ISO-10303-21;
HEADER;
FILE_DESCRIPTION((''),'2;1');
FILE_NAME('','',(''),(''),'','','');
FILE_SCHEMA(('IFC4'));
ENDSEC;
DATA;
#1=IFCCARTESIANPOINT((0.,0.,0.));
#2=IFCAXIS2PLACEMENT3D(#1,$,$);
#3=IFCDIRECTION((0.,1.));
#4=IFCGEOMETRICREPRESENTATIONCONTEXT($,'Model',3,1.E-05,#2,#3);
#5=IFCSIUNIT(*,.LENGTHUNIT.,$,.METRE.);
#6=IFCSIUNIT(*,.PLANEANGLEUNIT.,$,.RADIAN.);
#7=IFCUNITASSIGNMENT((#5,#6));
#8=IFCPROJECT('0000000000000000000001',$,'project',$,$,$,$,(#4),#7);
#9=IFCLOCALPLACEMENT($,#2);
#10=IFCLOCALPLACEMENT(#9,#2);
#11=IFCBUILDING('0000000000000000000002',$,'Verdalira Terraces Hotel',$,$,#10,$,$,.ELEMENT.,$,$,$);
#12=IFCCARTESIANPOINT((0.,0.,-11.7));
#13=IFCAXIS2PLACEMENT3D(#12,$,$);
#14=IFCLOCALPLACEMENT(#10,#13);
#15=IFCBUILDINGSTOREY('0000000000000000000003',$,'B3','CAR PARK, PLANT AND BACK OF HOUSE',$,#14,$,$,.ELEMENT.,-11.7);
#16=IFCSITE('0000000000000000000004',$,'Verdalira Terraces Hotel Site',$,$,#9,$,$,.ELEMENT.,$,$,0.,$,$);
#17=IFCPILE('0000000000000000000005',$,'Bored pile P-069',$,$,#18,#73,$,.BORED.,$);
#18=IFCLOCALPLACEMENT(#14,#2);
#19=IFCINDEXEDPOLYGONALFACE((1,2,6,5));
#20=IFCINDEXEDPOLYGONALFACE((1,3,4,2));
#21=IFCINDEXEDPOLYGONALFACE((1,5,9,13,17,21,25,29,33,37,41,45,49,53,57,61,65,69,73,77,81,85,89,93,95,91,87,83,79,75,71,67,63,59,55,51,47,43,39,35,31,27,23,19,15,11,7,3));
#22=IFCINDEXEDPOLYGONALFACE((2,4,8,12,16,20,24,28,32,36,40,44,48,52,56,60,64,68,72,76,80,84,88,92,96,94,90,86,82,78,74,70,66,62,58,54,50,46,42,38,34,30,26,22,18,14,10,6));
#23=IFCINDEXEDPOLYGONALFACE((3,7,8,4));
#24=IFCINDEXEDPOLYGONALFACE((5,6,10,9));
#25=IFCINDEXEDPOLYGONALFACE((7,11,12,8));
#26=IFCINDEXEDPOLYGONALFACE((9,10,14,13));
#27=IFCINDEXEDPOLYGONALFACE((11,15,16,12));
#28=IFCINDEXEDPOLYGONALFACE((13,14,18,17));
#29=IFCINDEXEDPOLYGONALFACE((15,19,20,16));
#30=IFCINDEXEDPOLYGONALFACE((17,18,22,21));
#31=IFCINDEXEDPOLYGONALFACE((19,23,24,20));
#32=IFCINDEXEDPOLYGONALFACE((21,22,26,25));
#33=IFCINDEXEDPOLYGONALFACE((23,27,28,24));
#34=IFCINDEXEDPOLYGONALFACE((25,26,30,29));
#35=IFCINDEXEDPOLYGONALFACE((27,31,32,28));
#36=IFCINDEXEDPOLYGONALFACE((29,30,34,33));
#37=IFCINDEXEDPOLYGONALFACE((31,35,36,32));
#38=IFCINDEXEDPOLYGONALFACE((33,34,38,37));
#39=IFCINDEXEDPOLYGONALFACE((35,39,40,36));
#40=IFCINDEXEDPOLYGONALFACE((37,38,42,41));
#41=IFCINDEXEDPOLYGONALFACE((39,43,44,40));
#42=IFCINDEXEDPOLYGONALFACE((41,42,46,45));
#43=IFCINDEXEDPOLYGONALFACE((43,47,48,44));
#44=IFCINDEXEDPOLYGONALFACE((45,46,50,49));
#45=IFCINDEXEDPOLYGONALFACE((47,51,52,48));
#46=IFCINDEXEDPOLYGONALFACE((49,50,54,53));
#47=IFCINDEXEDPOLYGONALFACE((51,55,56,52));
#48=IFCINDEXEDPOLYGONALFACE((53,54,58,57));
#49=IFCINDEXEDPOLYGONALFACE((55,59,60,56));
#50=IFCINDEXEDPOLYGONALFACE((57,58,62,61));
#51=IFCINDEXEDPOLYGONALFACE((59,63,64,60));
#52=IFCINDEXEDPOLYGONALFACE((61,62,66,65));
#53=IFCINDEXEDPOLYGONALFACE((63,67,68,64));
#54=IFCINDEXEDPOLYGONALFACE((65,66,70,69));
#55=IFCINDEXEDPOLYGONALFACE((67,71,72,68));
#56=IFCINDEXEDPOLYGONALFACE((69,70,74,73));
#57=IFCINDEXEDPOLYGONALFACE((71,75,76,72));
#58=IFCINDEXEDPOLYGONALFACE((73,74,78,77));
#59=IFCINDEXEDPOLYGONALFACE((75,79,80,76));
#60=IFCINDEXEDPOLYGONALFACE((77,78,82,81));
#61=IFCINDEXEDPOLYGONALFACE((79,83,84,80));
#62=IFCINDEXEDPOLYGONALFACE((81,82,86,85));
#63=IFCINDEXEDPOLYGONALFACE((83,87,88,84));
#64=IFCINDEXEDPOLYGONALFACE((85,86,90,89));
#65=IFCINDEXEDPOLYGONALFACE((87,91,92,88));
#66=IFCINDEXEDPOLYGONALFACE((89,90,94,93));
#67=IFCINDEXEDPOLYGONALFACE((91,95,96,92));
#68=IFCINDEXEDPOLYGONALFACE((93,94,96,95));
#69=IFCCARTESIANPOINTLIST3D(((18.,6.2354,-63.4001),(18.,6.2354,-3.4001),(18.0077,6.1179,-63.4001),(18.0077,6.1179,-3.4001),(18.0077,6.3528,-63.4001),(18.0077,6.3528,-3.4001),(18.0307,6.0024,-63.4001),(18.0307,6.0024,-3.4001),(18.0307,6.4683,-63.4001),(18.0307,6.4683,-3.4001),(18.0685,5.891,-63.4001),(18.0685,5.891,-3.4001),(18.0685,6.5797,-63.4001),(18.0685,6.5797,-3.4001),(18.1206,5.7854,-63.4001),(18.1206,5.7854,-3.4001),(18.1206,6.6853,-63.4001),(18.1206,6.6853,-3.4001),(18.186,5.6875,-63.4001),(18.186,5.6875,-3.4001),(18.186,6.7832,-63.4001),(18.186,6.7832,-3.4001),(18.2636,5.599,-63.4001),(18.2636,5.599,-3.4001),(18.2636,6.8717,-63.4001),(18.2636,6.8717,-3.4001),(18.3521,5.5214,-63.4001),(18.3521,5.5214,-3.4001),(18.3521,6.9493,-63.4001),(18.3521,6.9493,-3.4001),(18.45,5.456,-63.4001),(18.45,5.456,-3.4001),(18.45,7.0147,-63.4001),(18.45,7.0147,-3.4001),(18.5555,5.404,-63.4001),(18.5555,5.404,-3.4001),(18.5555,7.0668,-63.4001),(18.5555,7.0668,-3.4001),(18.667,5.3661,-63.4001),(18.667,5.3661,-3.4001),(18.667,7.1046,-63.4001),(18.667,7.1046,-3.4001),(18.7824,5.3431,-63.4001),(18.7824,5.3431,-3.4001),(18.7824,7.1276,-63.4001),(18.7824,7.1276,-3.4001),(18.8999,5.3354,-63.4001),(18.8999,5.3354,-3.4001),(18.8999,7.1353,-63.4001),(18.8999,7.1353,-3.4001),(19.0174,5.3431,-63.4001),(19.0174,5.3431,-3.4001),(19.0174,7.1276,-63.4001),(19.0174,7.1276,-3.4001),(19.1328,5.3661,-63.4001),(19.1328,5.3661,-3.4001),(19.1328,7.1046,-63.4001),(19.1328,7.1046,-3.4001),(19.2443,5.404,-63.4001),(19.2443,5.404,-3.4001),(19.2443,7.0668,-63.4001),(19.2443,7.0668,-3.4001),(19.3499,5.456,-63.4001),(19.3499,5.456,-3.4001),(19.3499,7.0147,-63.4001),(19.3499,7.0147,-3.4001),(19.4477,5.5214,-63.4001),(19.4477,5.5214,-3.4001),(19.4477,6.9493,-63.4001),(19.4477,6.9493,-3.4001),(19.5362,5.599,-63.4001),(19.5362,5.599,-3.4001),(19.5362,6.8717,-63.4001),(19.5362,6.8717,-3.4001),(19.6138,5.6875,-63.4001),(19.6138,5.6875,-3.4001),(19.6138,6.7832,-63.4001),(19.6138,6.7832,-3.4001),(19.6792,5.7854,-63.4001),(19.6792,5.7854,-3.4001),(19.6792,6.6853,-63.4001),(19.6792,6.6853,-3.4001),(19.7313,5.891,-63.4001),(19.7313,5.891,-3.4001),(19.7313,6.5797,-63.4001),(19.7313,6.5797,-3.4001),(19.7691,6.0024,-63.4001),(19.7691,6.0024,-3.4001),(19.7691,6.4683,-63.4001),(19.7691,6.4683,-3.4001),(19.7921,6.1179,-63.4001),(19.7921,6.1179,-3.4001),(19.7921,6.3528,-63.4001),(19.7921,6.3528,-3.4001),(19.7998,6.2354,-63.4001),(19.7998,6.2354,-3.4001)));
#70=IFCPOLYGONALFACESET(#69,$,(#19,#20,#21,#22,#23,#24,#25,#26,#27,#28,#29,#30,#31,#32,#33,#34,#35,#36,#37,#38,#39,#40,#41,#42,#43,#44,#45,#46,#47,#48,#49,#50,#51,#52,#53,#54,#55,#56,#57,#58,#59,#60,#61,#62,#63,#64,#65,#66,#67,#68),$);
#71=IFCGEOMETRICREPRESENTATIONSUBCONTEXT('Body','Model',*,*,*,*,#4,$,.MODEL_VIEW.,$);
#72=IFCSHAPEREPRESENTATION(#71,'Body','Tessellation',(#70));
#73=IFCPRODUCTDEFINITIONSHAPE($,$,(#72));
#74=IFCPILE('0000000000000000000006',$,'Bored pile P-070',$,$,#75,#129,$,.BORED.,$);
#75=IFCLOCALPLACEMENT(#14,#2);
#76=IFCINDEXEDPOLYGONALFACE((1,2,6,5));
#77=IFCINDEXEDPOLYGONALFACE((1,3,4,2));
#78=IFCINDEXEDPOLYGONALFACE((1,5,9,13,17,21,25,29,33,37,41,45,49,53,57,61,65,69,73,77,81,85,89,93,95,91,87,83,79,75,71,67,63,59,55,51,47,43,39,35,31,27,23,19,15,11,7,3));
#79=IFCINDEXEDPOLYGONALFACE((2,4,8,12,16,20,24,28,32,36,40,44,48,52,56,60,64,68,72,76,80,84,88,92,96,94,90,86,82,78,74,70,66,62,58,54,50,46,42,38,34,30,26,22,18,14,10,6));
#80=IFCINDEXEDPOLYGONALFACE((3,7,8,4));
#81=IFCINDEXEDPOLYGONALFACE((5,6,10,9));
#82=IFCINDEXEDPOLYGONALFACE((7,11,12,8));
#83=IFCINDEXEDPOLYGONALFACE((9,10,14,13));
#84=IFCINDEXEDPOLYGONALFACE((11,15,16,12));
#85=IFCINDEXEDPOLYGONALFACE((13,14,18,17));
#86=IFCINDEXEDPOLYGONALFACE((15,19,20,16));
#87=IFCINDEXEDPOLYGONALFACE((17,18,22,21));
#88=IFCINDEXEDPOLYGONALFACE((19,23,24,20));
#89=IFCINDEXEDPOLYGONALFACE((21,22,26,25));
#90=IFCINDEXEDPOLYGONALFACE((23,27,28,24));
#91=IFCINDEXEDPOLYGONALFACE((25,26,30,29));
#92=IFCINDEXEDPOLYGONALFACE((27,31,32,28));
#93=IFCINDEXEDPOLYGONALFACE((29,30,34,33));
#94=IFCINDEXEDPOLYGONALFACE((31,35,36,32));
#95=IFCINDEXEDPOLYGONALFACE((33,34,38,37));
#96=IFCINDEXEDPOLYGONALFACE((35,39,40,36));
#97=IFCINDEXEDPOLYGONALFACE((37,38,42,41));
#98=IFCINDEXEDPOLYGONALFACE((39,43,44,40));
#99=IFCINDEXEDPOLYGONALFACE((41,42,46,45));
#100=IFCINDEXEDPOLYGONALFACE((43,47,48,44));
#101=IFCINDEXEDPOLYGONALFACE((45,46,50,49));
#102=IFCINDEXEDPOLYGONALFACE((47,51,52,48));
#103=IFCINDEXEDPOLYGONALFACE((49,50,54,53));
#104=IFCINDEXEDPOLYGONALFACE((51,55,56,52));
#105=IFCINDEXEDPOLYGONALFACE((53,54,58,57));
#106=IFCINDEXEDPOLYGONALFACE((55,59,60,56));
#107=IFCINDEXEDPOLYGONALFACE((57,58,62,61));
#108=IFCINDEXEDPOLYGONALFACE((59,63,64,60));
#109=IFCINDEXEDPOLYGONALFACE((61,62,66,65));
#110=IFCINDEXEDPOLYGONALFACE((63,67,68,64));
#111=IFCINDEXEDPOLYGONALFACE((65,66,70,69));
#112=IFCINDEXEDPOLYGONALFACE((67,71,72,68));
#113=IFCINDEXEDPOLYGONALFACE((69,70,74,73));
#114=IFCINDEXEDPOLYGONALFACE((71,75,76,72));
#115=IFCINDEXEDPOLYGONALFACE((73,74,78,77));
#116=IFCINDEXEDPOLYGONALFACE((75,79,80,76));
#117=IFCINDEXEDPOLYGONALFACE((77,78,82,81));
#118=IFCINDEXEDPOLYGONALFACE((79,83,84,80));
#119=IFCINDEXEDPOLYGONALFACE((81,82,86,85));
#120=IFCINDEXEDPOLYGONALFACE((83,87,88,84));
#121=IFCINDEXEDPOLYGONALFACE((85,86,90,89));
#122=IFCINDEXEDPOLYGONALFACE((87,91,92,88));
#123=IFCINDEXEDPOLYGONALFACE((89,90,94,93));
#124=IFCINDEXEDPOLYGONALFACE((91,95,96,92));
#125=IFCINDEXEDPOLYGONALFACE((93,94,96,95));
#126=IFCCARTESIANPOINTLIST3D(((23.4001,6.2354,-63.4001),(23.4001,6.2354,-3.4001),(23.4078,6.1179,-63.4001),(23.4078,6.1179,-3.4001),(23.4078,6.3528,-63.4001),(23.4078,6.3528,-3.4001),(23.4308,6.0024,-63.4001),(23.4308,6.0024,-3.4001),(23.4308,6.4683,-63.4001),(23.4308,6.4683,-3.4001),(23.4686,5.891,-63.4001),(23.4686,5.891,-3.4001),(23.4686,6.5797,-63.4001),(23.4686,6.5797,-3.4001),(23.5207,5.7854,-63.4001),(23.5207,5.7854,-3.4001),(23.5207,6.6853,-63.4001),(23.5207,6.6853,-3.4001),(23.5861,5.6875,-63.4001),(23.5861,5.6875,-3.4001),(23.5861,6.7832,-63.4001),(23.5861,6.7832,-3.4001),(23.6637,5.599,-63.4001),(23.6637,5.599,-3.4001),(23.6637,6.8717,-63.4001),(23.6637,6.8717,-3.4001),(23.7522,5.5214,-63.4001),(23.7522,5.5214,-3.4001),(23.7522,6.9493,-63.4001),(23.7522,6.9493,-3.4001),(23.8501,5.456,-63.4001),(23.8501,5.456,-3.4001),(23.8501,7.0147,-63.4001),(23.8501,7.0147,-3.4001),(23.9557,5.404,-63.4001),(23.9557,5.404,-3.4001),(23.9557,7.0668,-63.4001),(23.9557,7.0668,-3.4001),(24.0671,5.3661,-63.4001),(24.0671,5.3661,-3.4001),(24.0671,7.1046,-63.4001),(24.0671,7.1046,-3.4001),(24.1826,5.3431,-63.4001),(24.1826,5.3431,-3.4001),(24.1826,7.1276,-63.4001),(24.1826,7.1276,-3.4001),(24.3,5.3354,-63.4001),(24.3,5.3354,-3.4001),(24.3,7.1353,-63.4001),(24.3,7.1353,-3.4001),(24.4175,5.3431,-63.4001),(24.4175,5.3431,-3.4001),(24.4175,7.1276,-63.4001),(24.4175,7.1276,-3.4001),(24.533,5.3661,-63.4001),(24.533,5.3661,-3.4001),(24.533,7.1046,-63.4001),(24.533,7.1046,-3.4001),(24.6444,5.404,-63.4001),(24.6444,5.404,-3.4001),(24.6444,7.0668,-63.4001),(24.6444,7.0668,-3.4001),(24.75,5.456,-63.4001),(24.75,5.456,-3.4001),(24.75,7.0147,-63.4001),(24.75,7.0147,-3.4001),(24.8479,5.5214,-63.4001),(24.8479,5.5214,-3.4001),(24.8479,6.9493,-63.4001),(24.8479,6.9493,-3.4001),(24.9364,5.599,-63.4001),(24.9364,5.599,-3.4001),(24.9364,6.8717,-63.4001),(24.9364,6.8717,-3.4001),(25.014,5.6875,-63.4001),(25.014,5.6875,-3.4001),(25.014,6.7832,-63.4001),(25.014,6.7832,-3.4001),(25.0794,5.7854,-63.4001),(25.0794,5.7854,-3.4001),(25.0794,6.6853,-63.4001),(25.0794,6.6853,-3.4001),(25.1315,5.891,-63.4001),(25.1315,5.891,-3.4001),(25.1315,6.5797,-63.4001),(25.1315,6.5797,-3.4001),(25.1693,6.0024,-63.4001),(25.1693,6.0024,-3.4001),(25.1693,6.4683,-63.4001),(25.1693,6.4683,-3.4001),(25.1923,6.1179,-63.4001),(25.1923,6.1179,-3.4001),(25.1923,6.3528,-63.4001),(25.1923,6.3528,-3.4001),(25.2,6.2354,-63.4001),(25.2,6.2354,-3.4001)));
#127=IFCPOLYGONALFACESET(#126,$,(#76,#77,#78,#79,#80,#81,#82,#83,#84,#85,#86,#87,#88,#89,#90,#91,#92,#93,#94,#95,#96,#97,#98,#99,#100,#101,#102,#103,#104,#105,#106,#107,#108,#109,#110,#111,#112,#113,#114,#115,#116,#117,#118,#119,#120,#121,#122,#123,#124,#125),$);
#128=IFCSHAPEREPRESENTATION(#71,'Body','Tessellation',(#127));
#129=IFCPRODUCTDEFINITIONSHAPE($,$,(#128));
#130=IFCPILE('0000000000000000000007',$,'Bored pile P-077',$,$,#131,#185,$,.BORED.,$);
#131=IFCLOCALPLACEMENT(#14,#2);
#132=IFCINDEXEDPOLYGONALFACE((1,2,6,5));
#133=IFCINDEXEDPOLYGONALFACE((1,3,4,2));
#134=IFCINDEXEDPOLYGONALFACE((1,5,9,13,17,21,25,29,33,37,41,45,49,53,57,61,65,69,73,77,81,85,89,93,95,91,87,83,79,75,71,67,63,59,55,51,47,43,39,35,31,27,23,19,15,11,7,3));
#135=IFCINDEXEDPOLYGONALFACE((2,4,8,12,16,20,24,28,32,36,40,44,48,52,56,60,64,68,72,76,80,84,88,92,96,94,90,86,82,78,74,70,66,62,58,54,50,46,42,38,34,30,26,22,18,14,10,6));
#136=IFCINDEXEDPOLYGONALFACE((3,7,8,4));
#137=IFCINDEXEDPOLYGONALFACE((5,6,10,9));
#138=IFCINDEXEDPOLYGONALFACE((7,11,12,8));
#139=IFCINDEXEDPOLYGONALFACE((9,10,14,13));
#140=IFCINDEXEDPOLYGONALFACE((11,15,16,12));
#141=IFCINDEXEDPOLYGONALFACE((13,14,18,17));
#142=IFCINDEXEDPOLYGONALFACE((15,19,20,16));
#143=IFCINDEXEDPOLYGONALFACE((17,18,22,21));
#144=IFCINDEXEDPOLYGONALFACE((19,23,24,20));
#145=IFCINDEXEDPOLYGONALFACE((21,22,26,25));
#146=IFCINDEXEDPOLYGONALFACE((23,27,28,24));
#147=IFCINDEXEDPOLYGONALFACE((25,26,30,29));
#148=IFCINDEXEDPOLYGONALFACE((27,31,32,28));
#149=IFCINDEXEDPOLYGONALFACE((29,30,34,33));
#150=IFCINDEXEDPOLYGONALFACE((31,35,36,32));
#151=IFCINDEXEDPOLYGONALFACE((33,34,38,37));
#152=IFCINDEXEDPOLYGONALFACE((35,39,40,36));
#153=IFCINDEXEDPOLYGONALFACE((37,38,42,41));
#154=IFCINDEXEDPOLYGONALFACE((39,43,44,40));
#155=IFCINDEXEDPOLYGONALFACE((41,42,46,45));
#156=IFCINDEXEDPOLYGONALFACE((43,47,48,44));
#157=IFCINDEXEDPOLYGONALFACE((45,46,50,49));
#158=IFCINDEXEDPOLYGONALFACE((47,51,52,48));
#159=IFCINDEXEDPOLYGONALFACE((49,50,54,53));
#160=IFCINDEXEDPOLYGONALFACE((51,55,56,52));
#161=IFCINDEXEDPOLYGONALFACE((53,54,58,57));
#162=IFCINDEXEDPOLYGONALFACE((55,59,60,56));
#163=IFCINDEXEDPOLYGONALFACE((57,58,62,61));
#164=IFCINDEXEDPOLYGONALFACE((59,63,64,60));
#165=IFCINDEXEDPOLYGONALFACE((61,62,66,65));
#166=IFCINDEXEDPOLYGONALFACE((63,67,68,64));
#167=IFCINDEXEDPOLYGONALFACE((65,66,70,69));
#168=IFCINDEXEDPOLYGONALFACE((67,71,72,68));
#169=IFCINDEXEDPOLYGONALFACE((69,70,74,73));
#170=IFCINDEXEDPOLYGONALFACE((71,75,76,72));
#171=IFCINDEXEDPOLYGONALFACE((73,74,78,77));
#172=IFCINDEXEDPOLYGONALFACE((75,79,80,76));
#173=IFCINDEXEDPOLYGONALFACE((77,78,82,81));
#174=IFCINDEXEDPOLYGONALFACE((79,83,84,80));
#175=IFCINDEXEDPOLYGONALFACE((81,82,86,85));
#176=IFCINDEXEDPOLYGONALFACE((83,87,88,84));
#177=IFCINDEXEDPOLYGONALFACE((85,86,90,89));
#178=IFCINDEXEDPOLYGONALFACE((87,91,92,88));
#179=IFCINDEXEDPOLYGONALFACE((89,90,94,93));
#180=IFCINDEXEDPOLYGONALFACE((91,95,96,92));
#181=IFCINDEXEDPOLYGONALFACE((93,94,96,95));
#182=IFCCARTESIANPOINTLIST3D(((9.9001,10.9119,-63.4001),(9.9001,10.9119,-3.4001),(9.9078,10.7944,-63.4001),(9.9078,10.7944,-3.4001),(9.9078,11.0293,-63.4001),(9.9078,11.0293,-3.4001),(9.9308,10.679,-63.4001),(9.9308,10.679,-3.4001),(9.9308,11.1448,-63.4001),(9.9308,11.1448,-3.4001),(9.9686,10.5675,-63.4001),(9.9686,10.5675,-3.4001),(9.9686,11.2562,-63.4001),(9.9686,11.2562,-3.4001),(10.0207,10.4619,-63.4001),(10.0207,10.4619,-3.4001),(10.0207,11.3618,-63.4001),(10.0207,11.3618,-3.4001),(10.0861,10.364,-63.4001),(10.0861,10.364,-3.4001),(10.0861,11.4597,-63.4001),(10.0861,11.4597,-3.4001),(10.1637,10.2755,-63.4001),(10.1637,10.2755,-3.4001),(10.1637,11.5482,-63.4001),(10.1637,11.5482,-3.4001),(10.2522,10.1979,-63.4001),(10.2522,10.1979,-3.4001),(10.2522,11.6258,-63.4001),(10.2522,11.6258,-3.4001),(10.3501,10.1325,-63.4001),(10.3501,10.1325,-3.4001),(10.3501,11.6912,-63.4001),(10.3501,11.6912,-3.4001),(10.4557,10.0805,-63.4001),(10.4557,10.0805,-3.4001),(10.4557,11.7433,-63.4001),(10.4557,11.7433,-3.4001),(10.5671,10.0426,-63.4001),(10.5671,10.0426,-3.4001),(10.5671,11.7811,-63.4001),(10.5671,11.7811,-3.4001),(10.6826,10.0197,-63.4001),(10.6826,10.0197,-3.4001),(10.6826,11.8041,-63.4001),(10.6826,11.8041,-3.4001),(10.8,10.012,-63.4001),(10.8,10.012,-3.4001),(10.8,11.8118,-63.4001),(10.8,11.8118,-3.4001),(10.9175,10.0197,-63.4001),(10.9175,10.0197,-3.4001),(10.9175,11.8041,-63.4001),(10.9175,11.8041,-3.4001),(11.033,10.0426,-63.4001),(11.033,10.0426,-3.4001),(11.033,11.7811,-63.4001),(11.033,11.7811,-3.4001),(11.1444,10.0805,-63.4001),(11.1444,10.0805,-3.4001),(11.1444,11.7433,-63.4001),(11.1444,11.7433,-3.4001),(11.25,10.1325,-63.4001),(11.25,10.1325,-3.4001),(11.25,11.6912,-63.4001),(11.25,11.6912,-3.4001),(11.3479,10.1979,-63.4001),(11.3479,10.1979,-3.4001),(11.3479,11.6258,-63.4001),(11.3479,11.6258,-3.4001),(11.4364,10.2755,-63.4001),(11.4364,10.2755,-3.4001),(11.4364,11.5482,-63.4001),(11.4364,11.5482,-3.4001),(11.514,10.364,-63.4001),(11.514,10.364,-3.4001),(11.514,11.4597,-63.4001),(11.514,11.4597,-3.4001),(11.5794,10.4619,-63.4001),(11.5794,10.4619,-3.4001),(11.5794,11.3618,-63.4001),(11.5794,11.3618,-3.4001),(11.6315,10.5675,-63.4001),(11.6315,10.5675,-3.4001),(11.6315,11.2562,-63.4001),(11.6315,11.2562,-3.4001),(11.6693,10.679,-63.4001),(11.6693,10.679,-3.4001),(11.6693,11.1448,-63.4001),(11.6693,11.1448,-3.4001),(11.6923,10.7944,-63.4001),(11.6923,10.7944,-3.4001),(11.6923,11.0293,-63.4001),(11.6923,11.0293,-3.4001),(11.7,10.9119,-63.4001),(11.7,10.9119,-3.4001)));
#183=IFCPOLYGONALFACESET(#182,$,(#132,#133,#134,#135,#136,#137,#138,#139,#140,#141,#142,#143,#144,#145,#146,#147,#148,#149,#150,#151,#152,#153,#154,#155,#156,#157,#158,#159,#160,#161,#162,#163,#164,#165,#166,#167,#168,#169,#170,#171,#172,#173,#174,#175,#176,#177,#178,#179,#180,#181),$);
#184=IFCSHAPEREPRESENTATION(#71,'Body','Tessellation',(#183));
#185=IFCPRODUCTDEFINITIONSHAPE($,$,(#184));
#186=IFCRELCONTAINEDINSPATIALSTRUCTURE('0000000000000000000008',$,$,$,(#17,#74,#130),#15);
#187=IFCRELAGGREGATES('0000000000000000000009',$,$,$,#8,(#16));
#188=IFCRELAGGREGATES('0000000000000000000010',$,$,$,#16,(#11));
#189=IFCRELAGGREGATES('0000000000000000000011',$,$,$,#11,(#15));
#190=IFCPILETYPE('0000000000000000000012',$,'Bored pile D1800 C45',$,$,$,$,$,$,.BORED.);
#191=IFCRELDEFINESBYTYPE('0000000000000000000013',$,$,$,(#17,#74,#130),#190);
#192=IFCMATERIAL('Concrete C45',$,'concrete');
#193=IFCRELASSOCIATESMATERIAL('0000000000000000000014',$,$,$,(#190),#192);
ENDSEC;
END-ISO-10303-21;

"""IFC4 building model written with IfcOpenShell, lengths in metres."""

from ifc_helpers import new_model, si_unit, direction, frame, origin, origin_2d, place, context, subcontext, project, spatial, circle, extrude, material, material_profile, profile_set, type_object, element, save


model = new_model("IFC4")

# Units and contexts
model_context = context("Model", 3, precision=1e-05, world=origin(), true_north=direction((0.0, 1.0)))
body_context = subcontext(model_context, "Body", "Model", "MODEL_VIEW")
ifc_project = project(units=[si_unit("LENGTHUNIT", "METRE"), si_unit("PLANEANGLEUNIT", "RADIAN")], contexts=[model_context])

# Site, building, storey
site_placement = place(None, origin())
site = spatial("IfcSite", under=ifc_project, at=site_placement, Name="Verdalira Terraces Hotel Site", CompositionType="ELEMENT", RefElevation=0.0)
building_placement = place(site_placement, origin())
building = spatial("IfcBuilding", under=site, at=building_placement, Name="Verdalira Terraces Hotel", CompositionType="ELEMENT")
storey_placement = place(building_placement, frame((0.0, 0.0, -11.7)))
storey = spatial("IfcBuildingStorey", under=building, at=storey_placement, Name="B3", Description="CAR PARK, PLANT AND BACK OF HOUSE", CompositionType="ELEMENT", Elevation=-11.7)

# Piles
ifc_material_1 = material(Name="Concrete C45", Category="concrete")
ifc_material_profile_1 = material_profile(ifc_material_1, circle(Radius=0.8999, at=origin_2d()), Name="D1800")
ifc_profile_set_1 = profile_set([ifc_material_profile_1], Name="Concrete C45")
pile_type = type_object("IfcPileType", Name="Bored pile D1800 C45", PredefinedType="BORED", material=ifc_profile_set_1)
for number, where, z_axis, x_axis, name in (
    (1, (18.8999, 6.2354, -3.4001), (0.0, 0.0, -1.0), (1.0, 0.0, 0.0), "Bored pile P-069"),
    (2, (24.3, 6.2354, -3.4001), (0.0, 0.0, -1.0), (1.0, 0.0, 0.0), "Bored pile P-070"),
    (3, (10.8, 10.9119, -3.4001), (0.0, 0.0, -1.0), (1.0, 0.0, 0.0), "Bored pile P-077"),
):
    element("IfcPile", number, at=place(storey_placement, frame(where, z_axis=z_axis, x_axis=x_axis)), inside=storey, type_object=pile_type, Name=name, PredefinedType="BORED", context=body_context, shape_type="SweptSolid", body=[
        extrude(circle(Radius=0.8999, at=origin_2d()), origin(), (0.0, 0.0, 1.0), 60.0),
    ])

save(model, "model.ifc")
